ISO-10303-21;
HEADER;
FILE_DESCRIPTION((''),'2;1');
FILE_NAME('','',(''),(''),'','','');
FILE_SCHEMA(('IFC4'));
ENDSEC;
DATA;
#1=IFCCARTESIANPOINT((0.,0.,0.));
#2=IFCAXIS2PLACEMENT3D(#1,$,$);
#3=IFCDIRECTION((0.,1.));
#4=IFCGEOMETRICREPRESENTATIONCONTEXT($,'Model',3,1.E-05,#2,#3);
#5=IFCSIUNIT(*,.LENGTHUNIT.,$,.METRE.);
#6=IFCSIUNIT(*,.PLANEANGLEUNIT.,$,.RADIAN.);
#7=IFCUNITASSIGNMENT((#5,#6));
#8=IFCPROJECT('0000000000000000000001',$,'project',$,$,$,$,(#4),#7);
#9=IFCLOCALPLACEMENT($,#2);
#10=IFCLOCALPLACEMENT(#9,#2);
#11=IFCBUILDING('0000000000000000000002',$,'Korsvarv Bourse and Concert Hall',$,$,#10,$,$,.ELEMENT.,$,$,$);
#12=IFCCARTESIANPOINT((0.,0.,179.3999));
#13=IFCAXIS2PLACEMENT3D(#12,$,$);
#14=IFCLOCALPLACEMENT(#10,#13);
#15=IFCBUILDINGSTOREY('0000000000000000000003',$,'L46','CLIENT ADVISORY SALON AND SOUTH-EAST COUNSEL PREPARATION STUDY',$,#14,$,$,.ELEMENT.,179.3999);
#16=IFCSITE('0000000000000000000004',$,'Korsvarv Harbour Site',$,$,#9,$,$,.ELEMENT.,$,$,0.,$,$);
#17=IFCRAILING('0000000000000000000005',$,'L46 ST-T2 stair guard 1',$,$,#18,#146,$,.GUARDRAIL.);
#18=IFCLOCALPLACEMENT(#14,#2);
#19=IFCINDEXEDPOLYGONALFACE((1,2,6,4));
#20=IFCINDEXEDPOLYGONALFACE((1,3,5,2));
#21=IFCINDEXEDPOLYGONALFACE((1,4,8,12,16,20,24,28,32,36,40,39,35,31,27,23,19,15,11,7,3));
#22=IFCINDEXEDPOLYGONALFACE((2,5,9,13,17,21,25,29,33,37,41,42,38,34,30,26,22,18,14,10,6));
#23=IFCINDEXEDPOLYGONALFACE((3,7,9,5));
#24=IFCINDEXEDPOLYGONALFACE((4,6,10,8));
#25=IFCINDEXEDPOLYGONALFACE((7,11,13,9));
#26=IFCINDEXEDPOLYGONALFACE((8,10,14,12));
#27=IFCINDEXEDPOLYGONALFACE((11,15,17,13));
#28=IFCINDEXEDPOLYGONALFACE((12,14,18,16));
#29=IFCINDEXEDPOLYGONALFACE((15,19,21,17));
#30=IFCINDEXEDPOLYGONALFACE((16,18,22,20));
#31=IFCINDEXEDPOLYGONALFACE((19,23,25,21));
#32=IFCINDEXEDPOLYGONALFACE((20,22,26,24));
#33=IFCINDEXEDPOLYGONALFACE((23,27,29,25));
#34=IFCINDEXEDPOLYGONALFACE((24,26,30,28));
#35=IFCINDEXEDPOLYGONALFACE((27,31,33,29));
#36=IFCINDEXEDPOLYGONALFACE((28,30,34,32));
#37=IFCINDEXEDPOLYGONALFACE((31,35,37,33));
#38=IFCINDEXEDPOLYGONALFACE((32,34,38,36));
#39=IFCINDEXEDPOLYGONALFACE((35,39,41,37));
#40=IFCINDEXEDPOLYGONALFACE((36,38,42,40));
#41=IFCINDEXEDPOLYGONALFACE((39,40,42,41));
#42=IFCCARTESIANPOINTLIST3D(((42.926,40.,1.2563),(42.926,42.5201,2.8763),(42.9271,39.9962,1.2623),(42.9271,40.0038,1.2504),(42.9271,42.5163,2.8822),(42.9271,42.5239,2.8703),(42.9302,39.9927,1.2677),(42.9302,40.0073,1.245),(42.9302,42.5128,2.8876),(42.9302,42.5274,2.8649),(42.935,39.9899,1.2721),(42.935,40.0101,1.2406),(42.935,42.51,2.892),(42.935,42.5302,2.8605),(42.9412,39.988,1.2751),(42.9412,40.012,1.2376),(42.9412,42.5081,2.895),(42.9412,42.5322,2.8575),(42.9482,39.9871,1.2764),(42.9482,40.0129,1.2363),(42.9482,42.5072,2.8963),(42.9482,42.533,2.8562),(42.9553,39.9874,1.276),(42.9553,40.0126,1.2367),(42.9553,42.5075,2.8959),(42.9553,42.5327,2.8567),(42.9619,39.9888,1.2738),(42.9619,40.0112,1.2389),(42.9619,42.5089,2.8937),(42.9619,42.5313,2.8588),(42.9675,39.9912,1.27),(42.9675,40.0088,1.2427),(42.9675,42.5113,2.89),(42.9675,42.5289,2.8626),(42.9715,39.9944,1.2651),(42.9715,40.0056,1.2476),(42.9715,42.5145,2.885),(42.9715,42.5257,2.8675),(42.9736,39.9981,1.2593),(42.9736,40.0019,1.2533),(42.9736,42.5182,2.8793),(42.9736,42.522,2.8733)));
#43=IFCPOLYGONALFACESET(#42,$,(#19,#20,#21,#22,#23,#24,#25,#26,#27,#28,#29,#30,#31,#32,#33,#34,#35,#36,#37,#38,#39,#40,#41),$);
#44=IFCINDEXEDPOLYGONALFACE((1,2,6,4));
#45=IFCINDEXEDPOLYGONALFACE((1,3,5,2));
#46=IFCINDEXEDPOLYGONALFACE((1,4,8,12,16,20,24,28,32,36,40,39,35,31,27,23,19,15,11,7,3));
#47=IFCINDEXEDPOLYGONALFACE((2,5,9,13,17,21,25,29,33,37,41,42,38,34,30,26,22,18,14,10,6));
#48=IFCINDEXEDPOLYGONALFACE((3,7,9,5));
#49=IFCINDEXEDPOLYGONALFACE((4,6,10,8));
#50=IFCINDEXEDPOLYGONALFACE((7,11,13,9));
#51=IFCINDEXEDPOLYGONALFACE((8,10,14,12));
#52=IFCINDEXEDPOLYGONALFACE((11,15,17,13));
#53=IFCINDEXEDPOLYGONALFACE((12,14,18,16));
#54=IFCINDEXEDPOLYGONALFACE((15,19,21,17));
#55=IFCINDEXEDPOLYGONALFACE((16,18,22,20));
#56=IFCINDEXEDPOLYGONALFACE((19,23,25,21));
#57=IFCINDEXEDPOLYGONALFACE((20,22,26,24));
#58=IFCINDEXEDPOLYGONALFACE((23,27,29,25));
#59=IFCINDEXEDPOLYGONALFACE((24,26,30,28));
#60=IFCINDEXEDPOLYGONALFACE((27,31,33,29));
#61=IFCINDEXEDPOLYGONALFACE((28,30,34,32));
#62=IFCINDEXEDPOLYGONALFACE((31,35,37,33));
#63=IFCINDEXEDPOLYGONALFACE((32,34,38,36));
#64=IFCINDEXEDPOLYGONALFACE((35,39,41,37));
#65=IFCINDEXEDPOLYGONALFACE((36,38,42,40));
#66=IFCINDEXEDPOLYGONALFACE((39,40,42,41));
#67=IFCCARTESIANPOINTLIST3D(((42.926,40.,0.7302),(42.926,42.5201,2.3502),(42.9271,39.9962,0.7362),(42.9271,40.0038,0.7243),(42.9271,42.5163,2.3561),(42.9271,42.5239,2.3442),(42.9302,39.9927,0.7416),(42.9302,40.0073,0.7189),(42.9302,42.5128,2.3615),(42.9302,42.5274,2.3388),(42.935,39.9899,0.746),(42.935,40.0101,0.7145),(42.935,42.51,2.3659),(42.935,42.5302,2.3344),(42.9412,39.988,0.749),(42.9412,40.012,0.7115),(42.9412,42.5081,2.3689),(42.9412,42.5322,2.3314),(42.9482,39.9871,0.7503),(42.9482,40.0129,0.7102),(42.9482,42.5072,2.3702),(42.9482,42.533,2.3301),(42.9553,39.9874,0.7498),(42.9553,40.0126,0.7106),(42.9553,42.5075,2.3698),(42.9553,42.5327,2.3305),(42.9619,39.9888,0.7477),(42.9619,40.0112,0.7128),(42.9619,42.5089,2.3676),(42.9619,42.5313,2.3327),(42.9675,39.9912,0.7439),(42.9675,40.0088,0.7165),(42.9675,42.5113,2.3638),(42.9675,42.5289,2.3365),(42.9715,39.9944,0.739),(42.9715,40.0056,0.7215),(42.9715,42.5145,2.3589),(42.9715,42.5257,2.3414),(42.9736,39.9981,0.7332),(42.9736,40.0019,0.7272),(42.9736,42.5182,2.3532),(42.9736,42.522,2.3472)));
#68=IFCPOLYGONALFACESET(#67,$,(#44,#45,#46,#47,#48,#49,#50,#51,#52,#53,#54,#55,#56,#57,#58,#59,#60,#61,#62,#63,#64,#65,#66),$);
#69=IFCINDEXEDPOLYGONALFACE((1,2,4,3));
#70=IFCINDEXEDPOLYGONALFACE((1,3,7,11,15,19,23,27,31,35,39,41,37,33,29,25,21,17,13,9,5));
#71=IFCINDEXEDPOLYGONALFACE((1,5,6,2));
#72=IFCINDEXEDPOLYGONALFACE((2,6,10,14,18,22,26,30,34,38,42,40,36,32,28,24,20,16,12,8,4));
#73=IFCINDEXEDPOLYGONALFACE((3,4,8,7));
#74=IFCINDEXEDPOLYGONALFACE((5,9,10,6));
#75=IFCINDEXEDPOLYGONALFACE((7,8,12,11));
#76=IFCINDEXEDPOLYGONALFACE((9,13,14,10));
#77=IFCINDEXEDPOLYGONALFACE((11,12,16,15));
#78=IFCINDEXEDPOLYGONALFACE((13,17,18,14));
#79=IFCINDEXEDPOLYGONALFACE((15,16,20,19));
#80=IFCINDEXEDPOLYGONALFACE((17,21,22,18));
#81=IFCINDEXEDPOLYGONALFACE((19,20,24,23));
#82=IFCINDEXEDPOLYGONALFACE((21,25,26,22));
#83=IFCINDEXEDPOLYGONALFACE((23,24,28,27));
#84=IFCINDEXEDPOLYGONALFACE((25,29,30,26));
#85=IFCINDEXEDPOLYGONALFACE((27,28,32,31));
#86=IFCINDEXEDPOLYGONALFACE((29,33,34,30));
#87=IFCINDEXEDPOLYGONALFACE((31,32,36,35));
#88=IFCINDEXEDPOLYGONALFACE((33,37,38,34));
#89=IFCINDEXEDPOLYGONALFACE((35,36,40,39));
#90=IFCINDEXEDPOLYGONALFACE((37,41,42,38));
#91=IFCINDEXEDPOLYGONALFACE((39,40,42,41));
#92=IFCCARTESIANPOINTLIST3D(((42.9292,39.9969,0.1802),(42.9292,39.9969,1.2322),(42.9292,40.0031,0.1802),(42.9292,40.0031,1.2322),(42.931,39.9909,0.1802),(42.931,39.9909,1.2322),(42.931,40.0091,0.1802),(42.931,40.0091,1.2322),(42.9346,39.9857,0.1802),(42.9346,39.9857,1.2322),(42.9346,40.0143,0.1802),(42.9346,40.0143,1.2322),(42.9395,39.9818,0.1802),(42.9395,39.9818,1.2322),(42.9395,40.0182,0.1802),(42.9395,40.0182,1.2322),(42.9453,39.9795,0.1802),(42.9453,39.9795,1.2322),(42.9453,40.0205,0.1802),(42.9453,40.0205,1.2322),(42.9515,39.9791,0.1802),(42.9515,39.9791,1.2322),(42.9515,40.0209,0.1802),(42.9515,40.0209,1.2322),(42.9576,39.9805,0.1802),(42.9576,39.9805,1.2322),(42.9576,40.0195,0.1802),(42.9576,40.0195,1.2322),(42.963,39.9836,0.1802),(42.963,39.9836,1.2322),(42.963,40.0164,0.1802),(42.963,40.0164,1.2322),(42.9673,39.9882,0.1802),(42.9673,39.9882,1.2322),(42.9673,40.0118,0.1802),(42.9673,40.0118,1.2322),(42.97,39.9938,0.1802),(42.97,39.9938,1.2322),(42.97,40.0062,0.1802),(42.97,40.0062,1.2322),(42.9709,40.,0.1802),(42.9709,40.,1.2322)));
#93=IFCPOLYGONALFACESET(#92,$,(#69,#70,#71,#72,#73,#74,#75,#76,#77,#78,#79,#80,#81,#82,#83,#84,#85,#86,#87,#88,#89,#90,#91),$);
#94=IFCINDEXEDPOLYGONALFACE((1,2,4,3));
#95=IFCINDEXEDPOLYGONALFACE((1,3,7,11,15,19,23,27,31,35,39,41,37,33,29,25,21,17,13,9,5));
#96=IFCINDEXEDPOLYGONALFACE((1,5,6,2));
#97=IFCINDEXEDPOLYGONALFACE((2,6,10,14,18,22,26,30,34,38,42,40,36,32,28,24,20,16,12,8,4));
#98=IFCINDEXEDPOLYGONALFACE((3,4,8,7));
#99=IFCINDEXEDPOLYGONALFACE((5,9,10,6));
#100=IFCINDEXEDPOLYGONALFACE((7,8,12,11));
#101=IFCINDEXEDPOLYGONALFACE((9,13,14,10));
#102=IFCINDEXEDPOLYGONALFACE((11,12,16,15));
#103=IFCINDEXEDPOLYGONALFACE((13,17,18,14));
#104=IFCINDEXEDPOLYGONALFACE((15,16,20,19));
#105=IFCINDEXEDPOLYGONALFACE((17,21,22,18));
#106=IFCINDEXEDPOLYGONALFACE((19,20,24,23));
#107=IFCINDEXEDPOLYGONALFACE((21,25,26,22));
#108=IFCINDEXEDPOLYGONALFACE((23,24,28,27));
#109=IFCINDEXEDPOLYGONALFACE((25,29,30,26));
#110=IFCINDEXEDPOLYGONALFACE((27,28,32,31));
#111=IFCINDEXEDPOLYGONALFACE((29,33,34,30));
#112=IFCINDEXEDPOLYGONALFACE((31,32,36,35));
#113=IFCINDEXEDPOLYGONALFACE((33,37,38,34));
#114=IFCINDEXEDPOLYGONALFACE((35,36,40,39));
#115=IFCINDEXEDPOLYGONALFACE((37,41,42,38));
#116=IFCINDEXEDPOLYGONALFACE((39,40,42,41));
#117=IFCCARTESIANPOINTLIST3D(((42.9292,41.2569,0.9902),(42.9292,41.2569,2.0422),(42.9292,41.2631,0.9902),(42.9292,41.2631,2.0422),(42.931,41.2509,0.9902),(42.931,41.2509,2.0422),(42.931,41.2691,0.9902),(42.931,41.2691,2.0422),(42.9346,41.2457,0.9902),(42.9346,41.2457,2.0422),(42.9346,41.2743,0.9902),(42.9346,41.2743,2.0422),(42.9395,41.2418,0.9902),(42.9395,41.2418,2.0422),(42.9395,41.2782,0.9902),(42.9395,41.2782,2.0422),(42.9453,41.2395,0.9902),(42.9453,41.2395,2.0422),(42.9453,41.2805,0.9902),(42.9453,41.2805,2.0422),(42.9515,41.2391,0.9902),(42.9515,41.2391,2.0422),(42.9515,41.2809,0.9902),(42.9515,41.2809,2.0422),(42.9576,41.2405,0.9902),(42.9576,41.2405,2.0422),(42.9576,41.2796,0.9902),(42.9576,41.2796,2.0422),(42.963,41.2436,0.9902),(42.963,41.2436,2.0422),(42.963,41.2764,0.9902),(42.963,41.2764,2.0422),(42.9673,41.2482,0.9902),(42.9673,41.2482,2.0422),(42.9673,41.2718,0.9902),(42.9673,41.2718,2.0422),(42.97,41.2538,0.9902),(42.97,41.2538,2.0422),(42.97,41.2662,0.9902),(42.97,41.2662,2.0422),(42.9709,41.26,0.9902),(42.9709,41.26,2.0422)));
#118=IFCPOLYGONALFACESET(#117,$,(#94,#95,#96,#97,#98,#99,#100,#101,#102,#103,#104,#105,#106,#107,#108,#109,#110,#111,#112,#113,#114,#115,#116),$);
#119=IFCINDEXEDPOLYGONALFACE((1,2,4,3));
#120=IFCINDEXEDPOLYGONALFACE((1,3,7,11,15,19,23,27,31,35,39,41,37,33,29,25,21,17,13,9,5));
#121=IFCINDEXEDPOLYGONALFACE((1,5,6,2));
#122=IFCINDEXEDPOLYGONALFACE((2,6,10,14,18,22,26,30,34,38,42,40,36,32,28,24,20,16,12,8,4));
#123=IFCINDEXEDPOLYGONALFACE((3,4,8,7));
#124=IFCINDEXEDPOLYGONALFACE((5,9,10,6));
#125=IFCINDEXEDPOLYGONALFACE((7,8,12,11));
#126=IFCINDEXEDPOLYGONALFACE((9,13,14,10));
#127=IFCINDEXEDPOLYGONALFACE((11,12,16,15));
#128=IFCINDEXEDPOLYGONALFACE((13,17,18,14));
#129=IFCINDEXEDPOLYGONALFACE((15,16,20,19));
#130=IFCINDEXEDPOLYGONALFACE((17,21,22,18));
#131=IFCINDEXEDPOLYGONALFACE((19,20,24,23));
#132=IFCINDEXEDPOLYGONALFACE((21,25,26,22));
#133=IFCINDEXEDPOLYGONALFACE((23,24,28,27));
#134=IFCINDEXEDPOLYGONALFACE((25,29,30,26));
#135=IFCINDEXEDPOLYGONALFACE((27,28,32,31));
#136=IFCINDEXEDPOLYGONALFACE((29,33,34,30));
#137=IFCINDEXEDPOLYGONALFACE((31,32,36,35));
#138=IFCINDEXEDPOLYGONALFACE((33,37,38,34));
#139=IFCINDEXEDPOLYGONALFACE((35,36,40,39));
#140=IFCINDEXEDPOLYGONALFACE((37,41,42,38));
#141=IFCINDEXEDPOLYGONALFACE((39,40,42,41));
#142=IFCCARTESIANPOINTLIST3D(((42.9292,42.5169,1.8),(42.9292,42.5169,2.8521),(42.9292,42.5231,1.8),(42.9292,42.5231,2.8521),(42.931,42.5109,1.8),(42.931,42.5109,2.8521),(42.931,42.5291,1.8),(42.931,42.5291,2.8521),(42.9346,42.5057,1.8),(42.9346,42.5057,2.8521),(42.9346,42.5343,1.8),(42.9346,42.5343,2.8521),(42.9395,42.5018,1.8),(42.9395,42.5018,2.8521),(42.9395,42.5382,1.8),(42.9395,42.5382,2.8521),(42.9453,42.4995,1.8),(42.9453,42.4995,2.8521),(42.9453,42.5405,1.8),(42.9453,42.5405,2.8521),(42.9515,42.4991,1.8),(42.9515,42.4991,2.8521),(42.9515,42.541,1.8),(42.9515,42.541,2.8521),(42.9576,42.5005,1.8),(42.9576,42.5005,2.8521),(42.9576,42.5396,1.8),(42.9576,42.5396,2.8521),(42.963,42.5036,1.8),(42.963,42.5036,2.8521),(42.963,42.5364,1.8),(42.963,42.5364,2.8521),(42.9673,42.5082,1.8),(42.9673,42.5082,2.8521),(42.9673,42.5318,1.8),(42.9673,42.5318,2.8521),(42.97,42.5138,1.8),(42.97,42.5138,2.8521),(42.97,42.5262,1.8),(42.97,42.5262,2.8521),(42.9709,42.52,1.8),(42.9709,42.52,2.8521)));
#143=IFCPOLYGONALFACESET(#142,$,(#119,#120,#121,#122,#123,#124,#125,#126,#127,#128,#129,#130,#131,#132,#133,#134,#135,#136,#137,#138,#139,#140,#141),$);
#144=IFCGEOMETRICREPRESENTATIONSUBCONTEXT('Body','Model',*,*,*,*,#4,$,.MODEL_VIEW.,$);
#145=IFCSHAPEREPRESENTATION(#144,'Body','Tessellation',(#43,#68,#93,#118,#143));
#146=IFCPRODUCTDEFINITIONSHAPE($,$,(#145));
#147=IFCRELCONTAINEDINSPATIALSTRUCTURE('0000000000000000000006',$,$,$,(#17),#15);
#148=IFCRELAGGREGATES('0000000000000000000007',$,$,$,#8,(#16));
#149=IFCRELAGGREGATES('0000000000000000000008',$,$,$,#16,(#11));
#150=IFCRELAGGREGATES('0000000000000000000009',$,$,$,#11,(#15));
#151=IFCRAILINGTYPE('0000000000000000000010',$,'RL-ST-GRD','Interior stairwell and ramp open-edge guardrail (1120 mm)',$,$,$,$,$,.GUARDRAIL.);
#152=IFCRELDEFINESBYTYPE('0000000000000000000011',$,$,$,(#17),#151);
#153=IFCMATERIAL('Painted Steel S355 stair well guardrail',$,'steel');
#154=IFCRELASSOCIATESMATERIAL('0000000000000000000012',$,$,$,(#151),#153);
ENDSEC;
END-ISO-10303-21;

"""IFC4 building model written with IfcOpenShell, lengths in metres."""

from ifc_helpers import new_model, si_unit, direction, frame, origin, origin_2d, place, context, subcontext, project, spatial, circle, extrude, material, type_object, element, save


model = new_model("IFC4")

# Units and contexts
model_context = context("Model", 3, precision=1e-05, world=origin(), true_north=direction((0.0, 1.0)))
body_context = subcontext(model_context, "Body", "Model", "MODEL_VIEW")
ifc_project = project(units=[si_unit("LENGTHUNIT", "METRE"), si_unit("PLANEANGLEUNIT", "RADIAN")], contexts=[model_context])

# Site, building, storey
site_placement = place(None, origin())
site = spatial("IfcSite", under=ifc_project, at=site_placement, Name="Korsvarv Harbour Site", CompositionType="ELEMENT", RefElevation=0.0)
building_placement = place(site_placement, origin())
building = spatial("IfcBuilding", under=site, at=building_placement, Name="Korsvarv Bourse and Concert Hall", CompositionType="ELEMENT")
storey_placement = place(building_placement, frame((0.0, 0.0, 179.3999)))
storey = spatial("IfcBuildingStorey", under=building, at=storey_placement, Name="L46", Description="CLIENT ADVISORY SALON AND SOUTH-EAST COUNSEL PREPARATION STUDY", CompositionType="ELEMENT", Elevation=179.3999)

# Railing
ifc_material_1 = material(Name="Painted Steel S355 stair well guardrail", Category="steel")
railing_type_1 = type_object("IfcRailingType", Name="RL-ST-GRD", Description="Interior stairwell and ramp open-edge guardrail (1120 mm)", PredefinedType="GUARDRAIL", material=ifc_material_1)
railing_1_placement = place(storey_placement, frame((42.95, 40.0, 0.1802)))
element("IfcRailing", 1, at=railing_1_placement, inside=storey, type_object=railing_type_1, Name="L46 ST-T2 stair guard 1", PredefinedType="GUARDRAIL", context=body_context, shape_type="SweptSolid", body=[
    extrude(circle(Radius=0.0239, at=origin_2d()), frame((0.0, 0.0, 1.0762), z_axis=(0.0, 0.8412, 0.540725), x_axis=(-1.0, 0.0, 0.0)), (0.0, 0.0, 1.0), 2.9958),
    extrude(circle(Radius=0.0239, at=origin_2d()), frame((0.0, 0.0, 0.55), z_axis=(0.0, 0.8412, 0.540725), x_axis=(-1.0, 0.0, 0.0)), (0.0, 0.0, 1.0), 2.9958),
    extrude(circle(Radius=0.021, at=origin_2d()), origin(), (0.0, 0.0, 1.0), 1.052),
    extrude(circle(Radius=0.021, at=origin_2d()), frame((0.0, 1.26, 0.8101)), (0.0, 0.0, 1.0), 1.052),
    extrude(circle(Radius=0.021, at=origin_2d()), frame((0.0, 2.52, 1.6199)), (0.0, 0.0, 1.0), 1.052),
])

save(model, "model.ifc")
